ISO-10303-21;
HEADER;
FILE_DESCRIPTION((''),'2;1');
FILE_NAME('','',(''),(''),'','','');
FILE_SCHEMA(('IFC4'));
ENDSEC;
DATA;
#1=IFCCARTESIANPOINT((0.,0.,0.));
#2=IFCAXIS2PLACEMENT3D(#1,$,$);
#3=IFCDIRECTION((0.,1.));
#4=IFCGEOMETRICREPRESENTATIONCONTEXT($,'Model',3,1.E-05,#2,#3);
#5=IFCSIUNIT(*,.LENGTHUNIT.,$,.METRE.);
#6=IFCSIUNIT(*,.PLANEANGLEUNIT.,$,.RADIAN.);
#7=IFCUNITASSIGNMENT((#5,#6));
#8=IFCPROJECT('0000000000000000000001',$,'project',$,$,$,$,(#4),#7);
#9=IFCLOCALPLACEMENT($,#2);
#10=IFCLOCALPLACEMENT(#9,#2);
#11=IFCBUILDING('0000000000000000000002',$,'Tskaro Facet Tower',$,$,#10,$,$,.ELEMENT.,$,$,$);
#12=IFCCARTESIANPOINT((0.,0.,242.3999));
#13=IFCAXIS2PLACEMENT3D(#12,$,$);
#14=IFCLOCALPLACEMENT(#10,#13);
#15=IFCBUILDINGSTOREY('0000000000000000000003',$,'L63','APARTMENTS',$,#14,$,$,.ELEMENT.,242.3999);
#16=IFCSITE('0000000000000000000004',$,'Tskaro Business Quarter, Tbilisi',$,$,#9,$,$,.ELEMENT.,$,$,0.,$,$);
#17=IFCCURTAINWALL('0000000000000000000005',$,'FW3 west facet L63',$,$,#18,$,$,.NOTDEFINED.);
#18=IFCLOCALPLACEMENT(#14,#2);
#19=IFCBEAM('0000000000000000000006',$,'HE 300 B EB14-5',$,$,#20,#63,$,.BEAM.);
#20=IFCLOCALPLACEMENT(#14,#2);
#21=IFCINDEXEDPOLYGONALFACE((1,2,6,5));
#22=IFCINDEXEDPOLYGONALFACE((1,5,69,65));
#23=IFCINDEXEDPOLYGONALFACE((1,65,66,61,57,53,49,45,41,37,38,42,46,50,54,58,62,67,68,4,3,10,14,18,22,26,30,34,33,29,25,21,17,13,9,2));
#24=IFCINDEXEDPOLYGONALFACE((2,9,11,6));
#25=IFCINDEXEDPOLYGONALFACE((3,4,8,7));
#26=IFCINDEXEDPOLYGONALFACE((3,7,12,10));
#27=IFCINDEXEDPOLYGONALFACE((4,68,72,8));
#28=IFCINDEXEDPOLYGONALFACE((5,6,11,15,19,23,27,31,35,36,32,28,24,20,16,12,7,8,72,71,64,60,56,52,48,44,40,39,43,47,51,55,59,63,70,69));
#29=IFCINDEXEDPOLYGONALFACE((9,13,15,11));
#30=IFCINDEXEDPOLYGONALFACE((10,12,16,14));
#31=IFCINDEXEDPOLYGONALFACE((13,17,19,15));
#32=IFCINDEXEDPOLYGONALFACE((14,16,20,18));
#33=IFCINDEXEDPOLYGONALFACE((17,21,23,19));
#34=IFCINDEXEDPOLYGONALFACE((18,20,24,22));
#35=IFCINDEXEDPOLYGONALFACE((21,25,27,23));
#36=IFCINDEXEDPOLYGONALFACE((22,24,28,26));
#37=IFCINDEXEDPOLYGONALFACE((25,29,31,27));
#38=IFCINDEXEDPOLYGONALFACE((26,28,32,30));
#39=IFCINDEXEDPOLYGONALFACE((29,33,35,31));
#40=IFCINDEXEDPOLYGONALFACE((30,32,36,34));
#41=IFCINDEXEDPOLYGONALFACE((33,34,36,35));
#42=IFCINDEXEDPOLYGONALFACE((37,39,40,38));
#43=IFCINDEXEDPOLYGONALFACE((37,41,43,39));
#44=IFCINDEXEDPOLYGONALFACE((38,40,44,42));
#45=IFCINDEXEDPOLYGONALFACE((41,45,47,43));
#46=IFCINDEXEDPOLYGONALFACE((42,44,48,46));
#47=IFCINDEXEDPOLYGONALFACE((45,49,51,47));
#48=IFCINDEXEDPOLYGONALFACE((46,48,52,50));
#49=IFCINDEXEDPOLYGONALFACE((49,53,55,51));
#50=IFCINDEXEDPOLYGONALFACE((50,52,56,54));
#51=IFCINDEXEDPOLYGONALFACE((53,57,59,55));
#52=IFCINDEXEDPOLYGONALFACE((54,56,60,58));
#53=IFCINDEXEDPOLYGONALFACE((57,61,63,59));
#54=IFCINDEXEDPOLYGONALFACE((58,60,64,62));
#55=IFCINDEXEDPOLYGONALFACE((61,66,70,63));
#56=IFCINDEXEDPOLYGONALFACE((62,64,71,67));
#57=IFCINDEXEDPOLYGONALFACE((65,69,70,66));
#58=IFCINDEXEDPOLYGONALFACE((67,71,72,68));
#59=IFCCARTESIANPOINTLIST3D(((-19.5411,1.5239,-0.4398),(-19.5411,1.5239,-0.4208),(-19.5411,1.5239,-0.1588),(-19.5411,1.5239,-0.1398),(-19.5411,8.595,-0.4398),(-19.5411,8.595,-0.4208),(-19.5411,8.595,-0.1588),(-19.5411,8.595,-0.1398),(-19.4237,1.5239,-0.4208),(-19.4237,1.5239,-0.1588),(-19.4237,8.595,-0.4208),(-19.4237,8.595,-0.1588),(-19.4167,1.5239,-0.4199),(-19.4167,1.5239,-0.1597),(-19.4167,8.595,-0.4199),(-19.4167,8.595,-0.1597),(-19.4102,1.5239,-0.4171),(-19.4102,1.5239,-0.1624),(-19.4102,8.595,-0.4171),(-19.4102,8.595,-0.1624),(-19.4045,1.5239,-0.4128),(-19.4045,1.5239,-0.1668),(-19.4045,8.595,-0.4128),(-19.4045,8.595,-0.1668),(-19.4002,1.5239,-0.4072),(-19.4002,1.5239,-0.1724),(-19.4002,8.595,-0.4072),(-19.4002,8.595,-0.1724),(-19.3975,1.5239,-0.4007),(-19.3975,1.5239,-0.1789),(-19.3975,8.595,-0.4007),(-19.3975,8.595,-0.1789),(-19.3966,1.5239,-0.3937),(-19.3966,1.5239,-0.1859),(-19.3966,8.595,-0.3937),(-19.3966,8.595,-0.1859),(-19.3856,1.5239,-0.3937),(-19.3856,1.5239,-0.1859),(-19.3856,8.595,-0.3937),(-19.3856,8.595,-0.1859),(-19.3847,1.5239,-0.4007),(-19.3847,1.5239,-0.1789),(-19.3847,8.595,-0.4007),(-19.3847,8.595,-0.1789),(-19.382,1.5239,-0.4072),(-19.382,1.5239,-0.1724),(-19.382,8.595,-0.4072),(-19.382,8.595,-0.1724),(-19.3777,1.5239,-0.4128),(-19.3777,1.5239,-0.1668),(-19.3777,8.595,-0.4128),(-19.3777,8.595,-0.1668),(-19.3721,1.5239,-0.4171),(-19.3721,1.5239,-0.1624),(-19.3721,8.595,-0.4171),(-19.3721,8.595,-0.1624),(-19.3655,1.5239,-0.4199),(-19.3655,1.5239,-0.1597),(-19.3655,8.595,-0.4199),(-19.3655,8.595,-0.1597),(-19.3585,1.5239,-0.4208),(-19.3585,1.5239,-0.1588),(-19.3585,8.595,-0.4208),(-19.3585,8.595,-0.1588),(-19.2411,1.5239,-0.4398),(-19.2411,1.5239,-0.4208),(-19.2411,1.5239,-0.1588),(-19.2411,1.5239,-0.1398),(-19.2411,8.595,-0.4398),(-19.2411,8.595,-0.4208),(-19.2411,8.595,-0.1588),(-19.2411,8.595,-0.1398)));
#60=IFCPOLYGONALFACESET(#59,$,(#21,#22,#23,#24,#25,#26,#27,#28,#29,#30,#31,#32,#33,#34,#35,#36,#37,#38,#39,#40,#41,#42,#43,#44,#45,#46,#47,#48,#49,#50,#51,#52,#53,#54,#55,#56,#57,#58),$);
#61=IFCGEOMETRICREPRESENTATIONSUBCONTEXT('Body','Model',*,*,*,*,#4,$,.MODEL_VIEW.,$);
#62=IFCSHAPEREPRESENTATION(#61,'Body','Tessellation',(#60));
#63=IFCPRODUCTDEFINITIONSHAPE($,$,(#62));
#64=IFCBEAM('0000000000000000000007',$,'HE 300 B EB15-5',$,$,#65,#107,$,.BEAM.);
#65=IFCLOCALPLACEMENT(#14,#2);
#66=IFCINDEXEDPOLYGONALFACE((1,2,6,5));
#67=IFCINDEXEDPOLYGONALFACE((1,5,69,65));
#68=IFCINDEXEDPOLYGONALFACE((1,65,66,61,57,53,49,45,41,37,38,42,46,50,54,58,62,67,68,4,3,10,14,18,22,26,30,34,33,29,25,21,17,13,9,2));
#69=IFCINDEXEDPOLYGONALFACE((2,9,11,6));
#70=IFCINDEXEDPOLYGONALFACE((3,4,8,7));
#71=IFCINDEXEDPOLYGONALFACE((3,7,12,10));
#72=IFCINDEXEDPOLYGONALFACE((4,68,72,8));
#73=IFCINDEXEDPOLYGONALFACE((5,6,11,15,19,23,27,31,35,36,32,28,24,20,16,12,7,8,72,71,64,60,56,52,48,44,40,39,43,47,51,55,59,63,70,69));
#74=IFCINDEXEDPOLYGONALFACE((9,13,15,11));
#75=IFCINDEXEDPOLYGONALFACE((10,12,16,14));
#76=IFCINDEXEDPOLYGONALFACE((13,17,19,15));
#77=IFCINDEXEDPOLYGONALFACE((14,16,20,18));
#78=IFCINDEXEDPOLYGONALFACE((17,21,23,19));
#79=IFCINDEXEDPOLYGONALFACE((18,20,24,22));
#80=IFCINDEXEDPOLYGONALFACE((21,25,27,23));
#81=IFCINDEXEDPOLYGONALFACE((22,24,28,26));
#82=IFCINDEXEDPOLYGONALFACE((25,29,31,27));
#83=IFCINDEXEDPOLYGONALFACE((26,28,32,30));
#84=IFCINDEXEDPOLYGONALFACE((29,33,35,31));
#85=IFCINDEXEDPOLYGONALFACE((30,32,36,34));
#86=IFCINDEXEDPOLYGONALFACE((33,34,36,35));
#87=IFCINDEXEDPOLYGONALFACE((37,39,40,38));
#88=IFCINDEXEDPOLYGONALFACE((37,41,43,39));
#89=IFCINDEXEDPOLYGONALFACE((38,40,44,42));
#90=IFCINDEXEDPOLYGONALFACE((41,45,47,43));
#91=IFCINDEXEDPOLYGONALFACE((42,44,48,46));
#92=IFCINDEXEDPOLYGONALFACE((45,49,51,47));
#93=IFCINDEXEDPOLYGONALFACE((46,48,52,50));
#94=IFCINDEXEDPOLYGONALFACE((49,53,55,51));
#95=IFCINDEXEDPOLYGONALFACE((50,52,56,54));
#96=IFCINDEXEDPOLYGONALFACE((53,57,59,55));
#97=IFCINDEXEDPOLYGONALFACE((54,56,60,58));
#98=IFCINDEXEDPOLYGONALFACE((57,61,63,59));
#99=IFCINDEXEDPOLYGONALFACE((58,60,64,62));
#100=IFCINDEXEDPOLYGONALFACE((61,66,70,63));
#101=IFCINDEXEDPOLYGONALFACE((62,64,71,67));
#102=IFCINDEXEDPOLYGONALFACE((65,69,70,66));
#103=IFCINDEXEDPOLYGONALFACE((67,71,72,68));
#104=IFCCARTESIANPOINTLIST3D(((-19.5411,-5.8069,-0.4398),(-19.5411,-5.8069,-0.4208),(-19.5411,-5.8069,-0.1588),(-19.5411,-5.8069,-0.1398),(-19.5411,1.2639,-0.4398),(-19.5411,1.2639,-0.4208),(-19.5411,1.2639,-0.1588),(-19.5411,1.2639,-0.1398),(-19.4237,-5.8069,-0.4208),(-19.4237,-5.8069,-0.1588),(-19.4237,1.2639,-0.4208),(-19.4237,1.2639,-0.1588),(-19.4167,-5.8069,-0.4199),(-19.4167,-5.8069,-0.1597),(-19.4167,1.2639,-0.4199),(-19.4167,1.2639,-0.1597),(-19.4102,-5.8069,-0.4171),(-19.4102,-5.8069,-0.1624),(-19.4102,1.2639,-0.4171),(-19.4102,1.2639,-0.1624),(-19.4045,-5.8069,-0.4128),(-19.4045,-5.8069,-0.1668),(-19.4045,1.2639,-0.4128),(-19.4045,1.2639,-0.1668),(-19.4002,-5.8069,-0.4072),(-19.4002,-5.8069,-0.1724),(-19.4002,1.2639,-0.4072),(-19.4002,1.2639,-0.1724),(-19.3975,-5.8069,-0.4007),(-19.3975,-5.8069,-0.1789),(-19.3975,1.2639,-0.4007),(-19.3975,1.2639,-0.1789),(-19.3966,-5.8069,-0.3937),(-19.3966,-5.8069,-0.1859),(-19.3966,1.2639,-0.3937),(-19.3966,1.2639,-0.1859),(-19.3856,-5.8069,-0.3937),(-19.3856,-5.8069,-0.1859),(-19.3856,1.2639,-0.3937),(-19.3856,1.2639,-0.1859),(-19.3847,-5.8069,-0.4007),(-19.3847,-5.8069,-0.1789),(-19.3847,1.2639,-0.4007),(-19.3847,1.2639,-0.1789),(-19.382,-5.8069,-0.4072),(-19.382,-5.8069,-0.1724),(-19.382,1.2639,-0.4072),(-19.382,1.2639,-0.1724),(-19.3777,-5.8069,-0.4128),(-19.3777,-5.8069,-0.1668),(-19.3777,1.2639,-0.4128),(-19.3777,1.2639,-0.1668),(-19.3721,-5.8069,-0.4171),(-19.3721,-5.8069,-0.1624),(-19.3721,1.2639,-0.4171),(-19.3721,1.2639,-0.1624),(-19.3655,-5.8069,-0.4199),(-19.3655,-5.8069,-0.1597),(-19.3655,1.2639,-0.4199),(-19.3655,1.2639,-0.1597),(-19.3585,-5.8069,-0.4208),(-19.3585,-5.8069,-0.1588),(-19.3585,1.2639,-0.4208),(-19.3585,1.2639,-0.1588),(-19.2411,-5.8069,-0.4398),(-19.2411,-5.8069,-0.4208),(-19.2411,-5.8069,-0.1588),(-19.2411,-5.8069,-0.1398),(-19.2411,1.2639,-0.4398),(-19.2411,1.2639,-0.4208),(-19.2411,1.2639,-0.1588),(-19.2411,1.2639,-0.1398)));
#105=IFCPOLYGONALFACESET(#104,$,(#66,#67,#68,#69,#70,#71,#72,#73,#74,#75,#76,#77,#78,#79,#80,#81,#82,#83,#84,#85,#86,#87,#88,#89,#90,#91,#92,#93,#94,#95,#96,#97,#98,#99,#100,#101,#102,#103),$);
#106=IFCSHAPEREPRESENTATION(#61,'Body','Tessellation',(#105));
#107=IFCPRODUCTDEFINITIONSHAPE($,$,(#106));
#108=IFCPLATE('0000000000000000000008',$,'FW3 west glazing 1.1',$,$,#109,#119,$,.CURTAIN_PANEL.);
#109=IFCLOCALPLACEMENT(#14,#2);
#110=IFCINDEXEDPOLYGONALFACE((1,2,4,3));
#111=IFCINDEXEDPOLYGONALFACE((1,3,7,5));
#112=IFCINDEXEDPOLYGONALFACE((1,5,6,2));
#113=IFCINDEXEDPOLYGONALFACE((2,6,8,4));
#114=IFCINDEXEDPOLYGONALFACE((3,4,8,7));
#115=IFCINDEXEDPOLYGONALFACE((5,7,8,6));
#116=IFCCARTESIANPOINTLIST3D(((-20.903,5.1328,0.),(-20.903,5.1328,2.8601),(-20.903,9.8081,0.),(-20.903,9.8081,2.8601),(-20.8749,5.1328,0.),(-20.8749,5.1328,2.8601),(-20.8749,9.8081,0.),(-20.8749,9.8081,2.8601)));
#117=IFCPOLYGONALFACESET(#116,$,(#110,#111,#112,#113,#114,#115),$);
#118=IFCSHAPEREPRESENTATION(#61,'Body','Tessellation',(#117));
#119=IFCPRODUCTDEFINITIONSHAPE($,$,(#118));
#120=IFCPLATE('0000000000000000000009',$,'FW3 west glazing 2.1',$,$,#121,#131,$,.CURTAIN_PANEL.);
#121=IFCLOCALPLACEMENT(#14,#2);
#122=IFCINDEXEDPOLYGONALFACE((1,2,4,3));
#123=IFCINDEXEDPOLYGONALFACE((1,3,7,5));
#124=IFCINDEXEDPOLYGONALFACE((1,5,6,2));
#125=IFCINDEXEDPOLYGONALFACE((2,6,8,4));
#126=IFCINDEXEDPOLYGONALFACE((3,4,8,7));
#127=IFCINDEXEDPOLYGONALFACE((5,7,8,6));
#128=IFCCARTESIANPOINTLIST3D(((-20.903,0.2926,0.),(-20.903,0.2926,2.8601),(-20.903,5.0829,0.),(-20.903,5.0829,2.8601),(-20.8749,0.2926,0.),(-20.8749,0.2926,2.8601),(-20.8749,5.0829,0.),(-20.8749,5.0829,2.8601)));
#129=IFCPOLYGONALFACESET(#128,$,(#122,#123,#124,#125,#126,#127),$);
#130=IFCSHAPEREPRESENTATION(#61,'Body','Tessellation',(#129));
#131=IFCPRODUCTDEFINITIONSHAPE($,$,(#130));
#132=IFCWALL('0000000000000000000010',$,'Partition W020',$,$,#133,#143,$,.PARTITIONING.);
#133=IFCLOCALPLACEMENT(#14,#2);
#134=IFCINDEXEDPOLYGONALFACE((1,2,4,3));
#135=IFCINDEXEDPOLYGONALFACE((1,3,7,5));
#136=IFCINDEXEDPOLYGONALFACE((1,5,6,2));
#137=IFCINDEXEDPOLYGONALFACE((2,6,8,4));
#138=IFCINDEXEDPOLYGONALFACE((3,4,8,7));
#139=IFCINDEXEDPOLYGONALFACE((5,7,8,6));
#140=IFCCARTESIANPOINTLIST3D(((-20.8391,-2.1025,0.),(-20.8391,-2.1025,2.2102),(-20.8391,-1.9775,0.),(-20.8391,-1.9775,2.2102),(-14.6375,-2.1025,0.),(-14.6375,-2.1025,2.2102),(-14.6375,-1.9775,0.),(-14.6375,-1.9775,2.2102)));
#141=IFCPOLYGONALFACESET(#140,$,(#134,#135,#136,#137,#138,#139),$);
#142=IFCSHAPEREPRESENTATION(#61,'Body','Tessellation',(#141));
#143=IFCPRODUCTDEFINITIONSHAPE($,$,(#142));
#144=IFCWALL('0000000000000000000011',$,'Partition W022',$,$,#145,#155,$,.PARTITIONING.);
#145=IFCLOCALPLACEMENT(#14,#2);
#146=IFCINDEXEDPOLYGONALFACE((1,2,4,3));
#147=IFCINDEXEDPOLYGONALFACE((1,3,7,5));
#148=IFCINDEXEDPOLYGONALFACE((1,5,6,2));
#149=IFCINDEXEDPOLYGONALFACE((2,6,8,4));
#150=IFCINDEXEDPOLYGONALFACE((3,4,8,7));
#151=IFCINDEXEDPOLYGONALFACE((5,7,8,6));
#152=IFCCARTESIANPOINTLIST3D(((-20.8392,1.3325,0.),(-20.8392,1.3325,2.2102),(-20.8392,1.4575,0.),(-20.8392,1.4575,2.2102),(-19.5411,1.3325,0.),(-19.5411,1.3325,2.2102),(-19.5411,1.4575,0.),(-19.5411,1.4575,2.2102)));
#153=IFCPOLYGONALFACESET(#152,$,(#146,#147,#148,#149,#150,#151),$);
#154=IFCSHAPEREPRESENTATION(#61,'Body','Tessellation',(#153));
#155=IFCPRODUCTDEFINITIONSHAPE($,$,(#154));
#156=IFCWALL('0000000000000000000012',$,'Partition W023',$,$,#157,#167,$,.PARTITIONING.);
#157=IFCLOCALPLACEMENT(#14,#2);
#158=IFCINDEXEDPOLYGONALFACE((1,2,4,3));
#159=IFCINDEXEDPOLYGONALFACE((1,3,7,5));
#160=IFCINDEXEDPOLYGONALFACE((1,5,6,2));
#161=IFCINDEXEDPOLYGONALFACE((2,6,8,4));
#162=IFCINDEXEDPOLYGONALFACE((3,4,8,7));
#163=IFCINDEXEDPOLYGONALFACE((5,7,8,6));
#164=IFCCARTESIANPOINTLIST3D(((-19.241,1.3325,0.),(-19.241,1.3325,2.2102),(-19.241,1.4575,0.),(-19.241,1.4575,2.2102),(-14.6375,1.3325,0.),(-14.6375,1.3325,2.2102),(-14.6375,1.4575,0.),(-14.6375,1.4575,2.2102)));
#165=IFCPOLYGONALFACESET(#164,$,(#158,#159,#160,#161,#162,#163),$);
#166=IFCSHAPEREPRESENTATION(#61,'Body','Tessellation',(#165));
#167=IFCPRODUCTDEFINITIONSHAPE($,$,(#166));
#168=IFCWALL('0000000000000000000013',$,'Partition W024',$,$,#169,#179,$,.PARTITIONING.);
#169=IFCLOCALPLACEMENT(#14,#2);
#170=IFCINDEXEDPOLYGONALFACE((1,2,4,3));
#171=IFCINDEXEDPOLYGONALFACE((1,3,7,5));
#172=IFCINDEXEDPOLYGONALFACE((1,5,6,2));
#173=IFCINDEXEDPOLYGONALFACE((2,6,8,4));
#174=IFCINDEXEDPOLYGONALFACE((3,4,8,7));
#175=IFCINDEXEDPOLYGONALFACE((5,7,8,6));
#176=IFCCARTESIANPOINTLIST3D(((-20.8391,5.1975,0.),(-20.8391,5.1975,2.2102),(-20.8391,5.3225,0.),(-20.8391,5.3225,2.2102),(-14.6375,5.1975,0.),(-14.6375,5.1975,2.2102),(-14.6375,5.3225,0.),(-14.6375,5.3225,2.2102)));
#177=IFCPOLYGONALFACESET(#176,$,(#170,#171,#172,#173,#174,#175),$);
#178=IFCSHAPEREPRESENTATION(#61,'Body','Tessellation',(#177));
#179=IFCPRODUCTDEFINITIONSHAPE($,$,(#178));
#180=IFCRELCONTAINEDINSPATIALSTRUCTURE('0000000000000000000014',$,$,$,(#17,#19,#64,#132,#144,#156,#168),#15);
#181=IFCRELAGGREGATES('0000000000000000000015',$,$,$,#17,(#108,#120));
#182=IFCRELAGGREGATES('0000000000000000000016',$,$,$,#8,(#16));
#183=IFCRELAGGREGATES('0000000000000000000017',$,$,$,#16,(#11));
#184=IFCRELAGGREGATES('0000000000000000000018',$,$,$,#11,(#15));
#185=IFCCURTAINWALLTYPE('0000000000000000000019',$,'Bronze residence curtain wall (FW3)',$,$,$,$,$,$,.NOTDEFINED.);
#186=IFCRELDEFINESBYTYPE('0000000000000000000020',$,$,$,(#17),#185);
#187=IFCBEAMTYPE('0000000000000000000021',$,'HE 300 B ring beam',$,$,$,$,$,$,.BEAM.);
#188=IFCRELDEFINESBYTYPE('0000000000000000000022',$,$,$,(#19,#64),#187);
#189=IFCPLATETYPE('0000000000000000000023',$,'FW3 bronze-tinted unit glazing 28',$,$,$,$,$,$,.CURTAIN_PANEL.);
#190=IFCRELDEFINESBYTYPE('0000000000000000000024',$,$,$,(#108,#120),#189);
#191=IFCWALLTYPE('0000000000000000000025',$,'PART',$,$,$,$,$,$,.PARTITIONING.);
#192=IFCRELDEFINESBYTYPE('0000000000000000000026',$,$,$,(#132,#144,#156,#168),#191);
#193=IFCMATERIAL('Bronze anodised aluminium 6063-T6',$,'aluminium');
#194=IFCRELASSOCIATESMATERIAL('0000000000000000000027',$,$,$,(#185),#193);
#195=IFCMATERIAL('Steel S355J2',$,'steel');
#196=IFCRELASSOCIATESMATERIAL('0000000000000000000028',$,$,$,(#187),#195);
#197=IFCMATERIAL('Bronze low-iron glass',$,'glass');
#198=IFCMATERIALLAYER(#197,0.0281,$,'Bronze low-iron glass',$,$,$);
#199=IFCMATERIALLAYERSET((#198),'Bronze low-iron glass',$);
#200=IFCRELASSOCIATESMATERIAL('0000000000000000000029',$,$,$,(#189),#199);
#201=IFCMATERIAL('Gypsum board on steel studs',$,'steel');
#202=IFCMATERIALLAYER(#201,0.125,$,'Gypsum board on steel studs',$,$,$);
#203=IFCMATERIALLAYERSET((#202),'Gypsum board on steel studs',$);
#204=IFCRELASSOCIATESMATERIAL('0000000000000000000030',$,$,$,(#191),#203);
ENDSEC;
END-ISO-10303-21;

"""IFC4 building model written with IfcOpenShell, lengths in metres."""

from ifc_helpers import new_model, si_unit, direction, frame, frame_2d, origin, origin_2d, place, context, subcontext, project, spatial, rectangle, i_section, extrude, material, layer, layer_set, material_profile, profile_set, type_object, element, aggregate, save


model = new_model("IFC4")

# Units and contexts
model_context = context("Model", 3, precision=1e-05, world=origin(), true_north=direction((0.0, 1.0)))
body_context = subcontext(model_context, "Body", "Model", "MODEL_VIEW")
ifc_project = project(units=[si_unit("LENGTHUNIT", "METRE"), si_unit("PLANEANGLEUNIT", "RADIAN")], contexts=[model_context])

# Site, building, storey
site_placement = place(None, origin())
site = spatial("IfcSite", under=ifc_project, at=site_placement, Name="Tskaro Business Quarter, Tbilisi", CompositionType="ELEMENT", RefElevation=0.0)
building_placement = place(site_placement, origin())
building = spatial("IfcBuilding", under=site, at=building_placement, Name="Tskaro Facet Tower", CompositionType="ELEMENT")
storey_placement = place(building_placement, frame((0.0, 0.0, 242.3999)))
storey = spatial("IfcBuildingStorey", under=building, at=storey_placement, Name="L63", Description="APARTMENTS", CompositionType="ELEMENT", Elevation=242.3999)

# Curtain wall
ifc_material_1 = material(Name="Bronze anodised aluminium 6063-T6", Category="aluminium")
curtain_wall_type = type_object("IfcCurtainWallType", Name="Bronze residence curtain wall (FW3)", PredefinedType="NOTDEFINED", material=ifc_material_1)
curtain_wall_placement = place(storey_placement, origin())
curtain_wall = element("IfcCurtainWall", 1, at=curtain_wall_placement, inside=storey, type_object=curtain_wall_type, Name="FW3 west facet L63", PredefinedType="NOTDEFINED")

# Beams
ifc_material_2 = material(Name="Steel S355J2", Category="steel")
ifc_material_profile_1 = material_profile(ifc_material_2, i_section(OverallWidth=0.3, OverallDepth=0.3, WebThickness=0.011, FlangeThickness=0.019, FilletRadius=0.0271, at=origin_2d()), Name="HE 300 B")
ifc_profile_set_1 = profile_set([ifc_material_profile_1], Name="Steel S355J2")
beam_type = type_object("IfcBeamType", Name="HE 300 B ring beam", PredefinedType="BEAM", material=ifc_profile_set_1)
beam_1_placement = place(storey_placement, frame((-19.3911, 8.595, -0.2898), z_axis=(0.0, -1.0, 0.0), x_axis=(1.0, 0.0, 0.0)))
element("IfcBeam", 2, at=beam_1_placement, inside=storey, type_object=beam_type, Name="HE 300 B EB14-5", PredefinedType="BEAM", context=body_context, shape_type="SweptSolid", body=[
    extrude(i_section(OverallWidth=0.3, OverallDepth=0.3, WebThickness=0.011, FlangeThickness=0.019, FilletRadius=0.0271, at=origin_2d()), origin(), (0.0, 0.0, 1.0), 7.071),
])
beam_2_placement = place(storey_placement, frame((-19.3911, 1.2639, -0.2898), z_axis=(0.0, -1.0, 0.0), x_axis=(1.0, 0.0, 0.0)))
element("IfcBeam", 3, at=beam_2_placement, inside=storey, type_object=beam_type, Name="HE 300 B EB15-5", PredefinedType="BEAM", context=body_context, shape_type="SweptSolid", body=[
    extrude(i_section(OverallWidth=0.3, OverallDepth=0.3, WebThickness=0.011, FlangeThickness=0.019, FilletRadius=0.0271, at=origin_2d()), origin(), (0.0, 0.0, 1.0), 7.0708),
])

# Plates
ifc_material_3 = material(Name="Bronze low-iron glass", Category="glass")
ifc_layer_1 = layer(ifc_material_3, 0.0281, Name="Bronze low-iron glass")
ifc_layer_set_1 = layer_set([ifc_layer_1], Name="Bronze low-iron glass")
plate_type = type_object("IfcPlateType", Name="FW3 bronze-tinted unit glazing 28", PredefinedType="CURTAIN_PANEL", material=ifc_layer_set_1)
plate_1_placement = place(storey_placement, frame((-20.8889, 7.4705, 0.0), z_axis=(0.0, 0.0, 1.0), x_axis=(0.0, -1.0, 0.0)))
plate_1 = element("IfcPlate", 4, at=plate_1_placement, type_object=plate_type, Name="FW3 west glazing 1.1", PredefinedType="CURTAIN_PANEL", context=body_context, shape_type="SweptSolid", body=[
    extrude(rectangle(XDim=4.6753, YDim=0.0281, at=origin_2d()), origin(), (0.0, 0.0, 1.0), 2.8601),
])
plate_2_placement = place(storey_placement, frame((-20.8889, 2.6877, 0.0), z_axis=(0.0, 0.0, 1.0), x_axis=(0.0, -1.0, 0.0)))
plate_2 = element("IfcPlate", 5, at=plate_2_placement, type_object=plate_type, Name="FW3 west glazing 2.1", PredefinedType="CURTAIN_PANEL", context=body_context, shape_type="SweptSolid", body=[
    extrude(rectangle(XDim=4.7903, YDim=0.0281, at=origin_2d()), origin(), (0.0, 0.0, 1.0), 2.8601),
])
aggregate(curtain_wall, [plate_1, plate_2])

# Walls
ifc_material_4 = material(Name="Gypsum board on steel studs", Category="steel")
ifc_layer_2 = layer(ifc_material_4, 0.125, Name="Gypsum board on steel studs")
ifc_layer_set_2 = layer_set([ifc_layer_2], Name="Gypsum board on steel studs")
wall_type = type_object("IfcWallType", Name="PART", PredefinedType="PARTITIONING", material=ifc_layer_set_2)
wall_1_placement = place(storey_placement, frame((-20.8391, -2.04, 0.0), z_axis=(0.0, 0.0, 1.0), x_axis=(1.0, 0.0, 0.0)))
element("IfcWall", 6, at=wall_1_placement, inside=storey, type_object=wall_type, Name="Partition W020", PredefinedType="PARTITIONING", context=body_context, shape_type="SweptSolid", body=[
    extrude(rectangle(XDim=6.2017, YDim=0.125, at=frame_2d((3.1008, 0.0))), origin(), (0.0, 0.0, 1.0), 2.2102),
])
wall_2_placement = place(storey_placement, frame((-20.8391, 1.395, 0.0), z_axis=(0.0, 0.0, 1.0), x_axis=(1.0, 0.0, 0.0)))
element("IfcWall", 7, at=wall_2_placement, inside=storey, type_object=wall_type, Name="Partition W022", PredefinedType="PARTITIONING", context=body_context, shape_type="SweptSolid", body=[
    extrude(rectangle(XDim=1.2981, YDim=0.125, at=frame_2d((0.6489, 0.0))), origin(), (0.0, 0.0, 1.0), 2.2102),
])
wall_3_placement = place(storey_placement, frame((-19.241, 1.395, 0.0), z_axis=(0.0, 0.0, 1.0), x_axis=(1.0, 0.0, 0.0)))
element("IfcWall", 8, at=wall_3_placement, inside=storey, type_object=wall_type, Name="Partition W023", PredefinedType="PARTITIONING", context=body_context, shape_type="SweptSolid", body=[
    extrude(rectangle(XDim=4.6035, YDim=0.125, at=frame_2d((2.3018, 0.0))), origin(), (0.0, 0.0, 1.0), 2.2102),
])
wall_4_placement = place(storey_placement, frame((-20.8391, 5.26, 0.0), z_axis=(0.0, 0.0, 1.0), x_axis=(1.0, 0.0, 0.0)))
element("IfcWall", 9, at=wall_4_placement, inside=storey, type_object=wall_type, Name="Partition W024", PredefinedType="PARTITIONING", context=body_context, shape_type="SweptSolid", body=[
    extrude(rectangle(XDim=6.2017, YDim=0.125, at=frame_2d((3.1008, 0.0))), origin(), (0.0, 0.0, 1.0), 2.2102),
])

save(model, "model.ifc")
